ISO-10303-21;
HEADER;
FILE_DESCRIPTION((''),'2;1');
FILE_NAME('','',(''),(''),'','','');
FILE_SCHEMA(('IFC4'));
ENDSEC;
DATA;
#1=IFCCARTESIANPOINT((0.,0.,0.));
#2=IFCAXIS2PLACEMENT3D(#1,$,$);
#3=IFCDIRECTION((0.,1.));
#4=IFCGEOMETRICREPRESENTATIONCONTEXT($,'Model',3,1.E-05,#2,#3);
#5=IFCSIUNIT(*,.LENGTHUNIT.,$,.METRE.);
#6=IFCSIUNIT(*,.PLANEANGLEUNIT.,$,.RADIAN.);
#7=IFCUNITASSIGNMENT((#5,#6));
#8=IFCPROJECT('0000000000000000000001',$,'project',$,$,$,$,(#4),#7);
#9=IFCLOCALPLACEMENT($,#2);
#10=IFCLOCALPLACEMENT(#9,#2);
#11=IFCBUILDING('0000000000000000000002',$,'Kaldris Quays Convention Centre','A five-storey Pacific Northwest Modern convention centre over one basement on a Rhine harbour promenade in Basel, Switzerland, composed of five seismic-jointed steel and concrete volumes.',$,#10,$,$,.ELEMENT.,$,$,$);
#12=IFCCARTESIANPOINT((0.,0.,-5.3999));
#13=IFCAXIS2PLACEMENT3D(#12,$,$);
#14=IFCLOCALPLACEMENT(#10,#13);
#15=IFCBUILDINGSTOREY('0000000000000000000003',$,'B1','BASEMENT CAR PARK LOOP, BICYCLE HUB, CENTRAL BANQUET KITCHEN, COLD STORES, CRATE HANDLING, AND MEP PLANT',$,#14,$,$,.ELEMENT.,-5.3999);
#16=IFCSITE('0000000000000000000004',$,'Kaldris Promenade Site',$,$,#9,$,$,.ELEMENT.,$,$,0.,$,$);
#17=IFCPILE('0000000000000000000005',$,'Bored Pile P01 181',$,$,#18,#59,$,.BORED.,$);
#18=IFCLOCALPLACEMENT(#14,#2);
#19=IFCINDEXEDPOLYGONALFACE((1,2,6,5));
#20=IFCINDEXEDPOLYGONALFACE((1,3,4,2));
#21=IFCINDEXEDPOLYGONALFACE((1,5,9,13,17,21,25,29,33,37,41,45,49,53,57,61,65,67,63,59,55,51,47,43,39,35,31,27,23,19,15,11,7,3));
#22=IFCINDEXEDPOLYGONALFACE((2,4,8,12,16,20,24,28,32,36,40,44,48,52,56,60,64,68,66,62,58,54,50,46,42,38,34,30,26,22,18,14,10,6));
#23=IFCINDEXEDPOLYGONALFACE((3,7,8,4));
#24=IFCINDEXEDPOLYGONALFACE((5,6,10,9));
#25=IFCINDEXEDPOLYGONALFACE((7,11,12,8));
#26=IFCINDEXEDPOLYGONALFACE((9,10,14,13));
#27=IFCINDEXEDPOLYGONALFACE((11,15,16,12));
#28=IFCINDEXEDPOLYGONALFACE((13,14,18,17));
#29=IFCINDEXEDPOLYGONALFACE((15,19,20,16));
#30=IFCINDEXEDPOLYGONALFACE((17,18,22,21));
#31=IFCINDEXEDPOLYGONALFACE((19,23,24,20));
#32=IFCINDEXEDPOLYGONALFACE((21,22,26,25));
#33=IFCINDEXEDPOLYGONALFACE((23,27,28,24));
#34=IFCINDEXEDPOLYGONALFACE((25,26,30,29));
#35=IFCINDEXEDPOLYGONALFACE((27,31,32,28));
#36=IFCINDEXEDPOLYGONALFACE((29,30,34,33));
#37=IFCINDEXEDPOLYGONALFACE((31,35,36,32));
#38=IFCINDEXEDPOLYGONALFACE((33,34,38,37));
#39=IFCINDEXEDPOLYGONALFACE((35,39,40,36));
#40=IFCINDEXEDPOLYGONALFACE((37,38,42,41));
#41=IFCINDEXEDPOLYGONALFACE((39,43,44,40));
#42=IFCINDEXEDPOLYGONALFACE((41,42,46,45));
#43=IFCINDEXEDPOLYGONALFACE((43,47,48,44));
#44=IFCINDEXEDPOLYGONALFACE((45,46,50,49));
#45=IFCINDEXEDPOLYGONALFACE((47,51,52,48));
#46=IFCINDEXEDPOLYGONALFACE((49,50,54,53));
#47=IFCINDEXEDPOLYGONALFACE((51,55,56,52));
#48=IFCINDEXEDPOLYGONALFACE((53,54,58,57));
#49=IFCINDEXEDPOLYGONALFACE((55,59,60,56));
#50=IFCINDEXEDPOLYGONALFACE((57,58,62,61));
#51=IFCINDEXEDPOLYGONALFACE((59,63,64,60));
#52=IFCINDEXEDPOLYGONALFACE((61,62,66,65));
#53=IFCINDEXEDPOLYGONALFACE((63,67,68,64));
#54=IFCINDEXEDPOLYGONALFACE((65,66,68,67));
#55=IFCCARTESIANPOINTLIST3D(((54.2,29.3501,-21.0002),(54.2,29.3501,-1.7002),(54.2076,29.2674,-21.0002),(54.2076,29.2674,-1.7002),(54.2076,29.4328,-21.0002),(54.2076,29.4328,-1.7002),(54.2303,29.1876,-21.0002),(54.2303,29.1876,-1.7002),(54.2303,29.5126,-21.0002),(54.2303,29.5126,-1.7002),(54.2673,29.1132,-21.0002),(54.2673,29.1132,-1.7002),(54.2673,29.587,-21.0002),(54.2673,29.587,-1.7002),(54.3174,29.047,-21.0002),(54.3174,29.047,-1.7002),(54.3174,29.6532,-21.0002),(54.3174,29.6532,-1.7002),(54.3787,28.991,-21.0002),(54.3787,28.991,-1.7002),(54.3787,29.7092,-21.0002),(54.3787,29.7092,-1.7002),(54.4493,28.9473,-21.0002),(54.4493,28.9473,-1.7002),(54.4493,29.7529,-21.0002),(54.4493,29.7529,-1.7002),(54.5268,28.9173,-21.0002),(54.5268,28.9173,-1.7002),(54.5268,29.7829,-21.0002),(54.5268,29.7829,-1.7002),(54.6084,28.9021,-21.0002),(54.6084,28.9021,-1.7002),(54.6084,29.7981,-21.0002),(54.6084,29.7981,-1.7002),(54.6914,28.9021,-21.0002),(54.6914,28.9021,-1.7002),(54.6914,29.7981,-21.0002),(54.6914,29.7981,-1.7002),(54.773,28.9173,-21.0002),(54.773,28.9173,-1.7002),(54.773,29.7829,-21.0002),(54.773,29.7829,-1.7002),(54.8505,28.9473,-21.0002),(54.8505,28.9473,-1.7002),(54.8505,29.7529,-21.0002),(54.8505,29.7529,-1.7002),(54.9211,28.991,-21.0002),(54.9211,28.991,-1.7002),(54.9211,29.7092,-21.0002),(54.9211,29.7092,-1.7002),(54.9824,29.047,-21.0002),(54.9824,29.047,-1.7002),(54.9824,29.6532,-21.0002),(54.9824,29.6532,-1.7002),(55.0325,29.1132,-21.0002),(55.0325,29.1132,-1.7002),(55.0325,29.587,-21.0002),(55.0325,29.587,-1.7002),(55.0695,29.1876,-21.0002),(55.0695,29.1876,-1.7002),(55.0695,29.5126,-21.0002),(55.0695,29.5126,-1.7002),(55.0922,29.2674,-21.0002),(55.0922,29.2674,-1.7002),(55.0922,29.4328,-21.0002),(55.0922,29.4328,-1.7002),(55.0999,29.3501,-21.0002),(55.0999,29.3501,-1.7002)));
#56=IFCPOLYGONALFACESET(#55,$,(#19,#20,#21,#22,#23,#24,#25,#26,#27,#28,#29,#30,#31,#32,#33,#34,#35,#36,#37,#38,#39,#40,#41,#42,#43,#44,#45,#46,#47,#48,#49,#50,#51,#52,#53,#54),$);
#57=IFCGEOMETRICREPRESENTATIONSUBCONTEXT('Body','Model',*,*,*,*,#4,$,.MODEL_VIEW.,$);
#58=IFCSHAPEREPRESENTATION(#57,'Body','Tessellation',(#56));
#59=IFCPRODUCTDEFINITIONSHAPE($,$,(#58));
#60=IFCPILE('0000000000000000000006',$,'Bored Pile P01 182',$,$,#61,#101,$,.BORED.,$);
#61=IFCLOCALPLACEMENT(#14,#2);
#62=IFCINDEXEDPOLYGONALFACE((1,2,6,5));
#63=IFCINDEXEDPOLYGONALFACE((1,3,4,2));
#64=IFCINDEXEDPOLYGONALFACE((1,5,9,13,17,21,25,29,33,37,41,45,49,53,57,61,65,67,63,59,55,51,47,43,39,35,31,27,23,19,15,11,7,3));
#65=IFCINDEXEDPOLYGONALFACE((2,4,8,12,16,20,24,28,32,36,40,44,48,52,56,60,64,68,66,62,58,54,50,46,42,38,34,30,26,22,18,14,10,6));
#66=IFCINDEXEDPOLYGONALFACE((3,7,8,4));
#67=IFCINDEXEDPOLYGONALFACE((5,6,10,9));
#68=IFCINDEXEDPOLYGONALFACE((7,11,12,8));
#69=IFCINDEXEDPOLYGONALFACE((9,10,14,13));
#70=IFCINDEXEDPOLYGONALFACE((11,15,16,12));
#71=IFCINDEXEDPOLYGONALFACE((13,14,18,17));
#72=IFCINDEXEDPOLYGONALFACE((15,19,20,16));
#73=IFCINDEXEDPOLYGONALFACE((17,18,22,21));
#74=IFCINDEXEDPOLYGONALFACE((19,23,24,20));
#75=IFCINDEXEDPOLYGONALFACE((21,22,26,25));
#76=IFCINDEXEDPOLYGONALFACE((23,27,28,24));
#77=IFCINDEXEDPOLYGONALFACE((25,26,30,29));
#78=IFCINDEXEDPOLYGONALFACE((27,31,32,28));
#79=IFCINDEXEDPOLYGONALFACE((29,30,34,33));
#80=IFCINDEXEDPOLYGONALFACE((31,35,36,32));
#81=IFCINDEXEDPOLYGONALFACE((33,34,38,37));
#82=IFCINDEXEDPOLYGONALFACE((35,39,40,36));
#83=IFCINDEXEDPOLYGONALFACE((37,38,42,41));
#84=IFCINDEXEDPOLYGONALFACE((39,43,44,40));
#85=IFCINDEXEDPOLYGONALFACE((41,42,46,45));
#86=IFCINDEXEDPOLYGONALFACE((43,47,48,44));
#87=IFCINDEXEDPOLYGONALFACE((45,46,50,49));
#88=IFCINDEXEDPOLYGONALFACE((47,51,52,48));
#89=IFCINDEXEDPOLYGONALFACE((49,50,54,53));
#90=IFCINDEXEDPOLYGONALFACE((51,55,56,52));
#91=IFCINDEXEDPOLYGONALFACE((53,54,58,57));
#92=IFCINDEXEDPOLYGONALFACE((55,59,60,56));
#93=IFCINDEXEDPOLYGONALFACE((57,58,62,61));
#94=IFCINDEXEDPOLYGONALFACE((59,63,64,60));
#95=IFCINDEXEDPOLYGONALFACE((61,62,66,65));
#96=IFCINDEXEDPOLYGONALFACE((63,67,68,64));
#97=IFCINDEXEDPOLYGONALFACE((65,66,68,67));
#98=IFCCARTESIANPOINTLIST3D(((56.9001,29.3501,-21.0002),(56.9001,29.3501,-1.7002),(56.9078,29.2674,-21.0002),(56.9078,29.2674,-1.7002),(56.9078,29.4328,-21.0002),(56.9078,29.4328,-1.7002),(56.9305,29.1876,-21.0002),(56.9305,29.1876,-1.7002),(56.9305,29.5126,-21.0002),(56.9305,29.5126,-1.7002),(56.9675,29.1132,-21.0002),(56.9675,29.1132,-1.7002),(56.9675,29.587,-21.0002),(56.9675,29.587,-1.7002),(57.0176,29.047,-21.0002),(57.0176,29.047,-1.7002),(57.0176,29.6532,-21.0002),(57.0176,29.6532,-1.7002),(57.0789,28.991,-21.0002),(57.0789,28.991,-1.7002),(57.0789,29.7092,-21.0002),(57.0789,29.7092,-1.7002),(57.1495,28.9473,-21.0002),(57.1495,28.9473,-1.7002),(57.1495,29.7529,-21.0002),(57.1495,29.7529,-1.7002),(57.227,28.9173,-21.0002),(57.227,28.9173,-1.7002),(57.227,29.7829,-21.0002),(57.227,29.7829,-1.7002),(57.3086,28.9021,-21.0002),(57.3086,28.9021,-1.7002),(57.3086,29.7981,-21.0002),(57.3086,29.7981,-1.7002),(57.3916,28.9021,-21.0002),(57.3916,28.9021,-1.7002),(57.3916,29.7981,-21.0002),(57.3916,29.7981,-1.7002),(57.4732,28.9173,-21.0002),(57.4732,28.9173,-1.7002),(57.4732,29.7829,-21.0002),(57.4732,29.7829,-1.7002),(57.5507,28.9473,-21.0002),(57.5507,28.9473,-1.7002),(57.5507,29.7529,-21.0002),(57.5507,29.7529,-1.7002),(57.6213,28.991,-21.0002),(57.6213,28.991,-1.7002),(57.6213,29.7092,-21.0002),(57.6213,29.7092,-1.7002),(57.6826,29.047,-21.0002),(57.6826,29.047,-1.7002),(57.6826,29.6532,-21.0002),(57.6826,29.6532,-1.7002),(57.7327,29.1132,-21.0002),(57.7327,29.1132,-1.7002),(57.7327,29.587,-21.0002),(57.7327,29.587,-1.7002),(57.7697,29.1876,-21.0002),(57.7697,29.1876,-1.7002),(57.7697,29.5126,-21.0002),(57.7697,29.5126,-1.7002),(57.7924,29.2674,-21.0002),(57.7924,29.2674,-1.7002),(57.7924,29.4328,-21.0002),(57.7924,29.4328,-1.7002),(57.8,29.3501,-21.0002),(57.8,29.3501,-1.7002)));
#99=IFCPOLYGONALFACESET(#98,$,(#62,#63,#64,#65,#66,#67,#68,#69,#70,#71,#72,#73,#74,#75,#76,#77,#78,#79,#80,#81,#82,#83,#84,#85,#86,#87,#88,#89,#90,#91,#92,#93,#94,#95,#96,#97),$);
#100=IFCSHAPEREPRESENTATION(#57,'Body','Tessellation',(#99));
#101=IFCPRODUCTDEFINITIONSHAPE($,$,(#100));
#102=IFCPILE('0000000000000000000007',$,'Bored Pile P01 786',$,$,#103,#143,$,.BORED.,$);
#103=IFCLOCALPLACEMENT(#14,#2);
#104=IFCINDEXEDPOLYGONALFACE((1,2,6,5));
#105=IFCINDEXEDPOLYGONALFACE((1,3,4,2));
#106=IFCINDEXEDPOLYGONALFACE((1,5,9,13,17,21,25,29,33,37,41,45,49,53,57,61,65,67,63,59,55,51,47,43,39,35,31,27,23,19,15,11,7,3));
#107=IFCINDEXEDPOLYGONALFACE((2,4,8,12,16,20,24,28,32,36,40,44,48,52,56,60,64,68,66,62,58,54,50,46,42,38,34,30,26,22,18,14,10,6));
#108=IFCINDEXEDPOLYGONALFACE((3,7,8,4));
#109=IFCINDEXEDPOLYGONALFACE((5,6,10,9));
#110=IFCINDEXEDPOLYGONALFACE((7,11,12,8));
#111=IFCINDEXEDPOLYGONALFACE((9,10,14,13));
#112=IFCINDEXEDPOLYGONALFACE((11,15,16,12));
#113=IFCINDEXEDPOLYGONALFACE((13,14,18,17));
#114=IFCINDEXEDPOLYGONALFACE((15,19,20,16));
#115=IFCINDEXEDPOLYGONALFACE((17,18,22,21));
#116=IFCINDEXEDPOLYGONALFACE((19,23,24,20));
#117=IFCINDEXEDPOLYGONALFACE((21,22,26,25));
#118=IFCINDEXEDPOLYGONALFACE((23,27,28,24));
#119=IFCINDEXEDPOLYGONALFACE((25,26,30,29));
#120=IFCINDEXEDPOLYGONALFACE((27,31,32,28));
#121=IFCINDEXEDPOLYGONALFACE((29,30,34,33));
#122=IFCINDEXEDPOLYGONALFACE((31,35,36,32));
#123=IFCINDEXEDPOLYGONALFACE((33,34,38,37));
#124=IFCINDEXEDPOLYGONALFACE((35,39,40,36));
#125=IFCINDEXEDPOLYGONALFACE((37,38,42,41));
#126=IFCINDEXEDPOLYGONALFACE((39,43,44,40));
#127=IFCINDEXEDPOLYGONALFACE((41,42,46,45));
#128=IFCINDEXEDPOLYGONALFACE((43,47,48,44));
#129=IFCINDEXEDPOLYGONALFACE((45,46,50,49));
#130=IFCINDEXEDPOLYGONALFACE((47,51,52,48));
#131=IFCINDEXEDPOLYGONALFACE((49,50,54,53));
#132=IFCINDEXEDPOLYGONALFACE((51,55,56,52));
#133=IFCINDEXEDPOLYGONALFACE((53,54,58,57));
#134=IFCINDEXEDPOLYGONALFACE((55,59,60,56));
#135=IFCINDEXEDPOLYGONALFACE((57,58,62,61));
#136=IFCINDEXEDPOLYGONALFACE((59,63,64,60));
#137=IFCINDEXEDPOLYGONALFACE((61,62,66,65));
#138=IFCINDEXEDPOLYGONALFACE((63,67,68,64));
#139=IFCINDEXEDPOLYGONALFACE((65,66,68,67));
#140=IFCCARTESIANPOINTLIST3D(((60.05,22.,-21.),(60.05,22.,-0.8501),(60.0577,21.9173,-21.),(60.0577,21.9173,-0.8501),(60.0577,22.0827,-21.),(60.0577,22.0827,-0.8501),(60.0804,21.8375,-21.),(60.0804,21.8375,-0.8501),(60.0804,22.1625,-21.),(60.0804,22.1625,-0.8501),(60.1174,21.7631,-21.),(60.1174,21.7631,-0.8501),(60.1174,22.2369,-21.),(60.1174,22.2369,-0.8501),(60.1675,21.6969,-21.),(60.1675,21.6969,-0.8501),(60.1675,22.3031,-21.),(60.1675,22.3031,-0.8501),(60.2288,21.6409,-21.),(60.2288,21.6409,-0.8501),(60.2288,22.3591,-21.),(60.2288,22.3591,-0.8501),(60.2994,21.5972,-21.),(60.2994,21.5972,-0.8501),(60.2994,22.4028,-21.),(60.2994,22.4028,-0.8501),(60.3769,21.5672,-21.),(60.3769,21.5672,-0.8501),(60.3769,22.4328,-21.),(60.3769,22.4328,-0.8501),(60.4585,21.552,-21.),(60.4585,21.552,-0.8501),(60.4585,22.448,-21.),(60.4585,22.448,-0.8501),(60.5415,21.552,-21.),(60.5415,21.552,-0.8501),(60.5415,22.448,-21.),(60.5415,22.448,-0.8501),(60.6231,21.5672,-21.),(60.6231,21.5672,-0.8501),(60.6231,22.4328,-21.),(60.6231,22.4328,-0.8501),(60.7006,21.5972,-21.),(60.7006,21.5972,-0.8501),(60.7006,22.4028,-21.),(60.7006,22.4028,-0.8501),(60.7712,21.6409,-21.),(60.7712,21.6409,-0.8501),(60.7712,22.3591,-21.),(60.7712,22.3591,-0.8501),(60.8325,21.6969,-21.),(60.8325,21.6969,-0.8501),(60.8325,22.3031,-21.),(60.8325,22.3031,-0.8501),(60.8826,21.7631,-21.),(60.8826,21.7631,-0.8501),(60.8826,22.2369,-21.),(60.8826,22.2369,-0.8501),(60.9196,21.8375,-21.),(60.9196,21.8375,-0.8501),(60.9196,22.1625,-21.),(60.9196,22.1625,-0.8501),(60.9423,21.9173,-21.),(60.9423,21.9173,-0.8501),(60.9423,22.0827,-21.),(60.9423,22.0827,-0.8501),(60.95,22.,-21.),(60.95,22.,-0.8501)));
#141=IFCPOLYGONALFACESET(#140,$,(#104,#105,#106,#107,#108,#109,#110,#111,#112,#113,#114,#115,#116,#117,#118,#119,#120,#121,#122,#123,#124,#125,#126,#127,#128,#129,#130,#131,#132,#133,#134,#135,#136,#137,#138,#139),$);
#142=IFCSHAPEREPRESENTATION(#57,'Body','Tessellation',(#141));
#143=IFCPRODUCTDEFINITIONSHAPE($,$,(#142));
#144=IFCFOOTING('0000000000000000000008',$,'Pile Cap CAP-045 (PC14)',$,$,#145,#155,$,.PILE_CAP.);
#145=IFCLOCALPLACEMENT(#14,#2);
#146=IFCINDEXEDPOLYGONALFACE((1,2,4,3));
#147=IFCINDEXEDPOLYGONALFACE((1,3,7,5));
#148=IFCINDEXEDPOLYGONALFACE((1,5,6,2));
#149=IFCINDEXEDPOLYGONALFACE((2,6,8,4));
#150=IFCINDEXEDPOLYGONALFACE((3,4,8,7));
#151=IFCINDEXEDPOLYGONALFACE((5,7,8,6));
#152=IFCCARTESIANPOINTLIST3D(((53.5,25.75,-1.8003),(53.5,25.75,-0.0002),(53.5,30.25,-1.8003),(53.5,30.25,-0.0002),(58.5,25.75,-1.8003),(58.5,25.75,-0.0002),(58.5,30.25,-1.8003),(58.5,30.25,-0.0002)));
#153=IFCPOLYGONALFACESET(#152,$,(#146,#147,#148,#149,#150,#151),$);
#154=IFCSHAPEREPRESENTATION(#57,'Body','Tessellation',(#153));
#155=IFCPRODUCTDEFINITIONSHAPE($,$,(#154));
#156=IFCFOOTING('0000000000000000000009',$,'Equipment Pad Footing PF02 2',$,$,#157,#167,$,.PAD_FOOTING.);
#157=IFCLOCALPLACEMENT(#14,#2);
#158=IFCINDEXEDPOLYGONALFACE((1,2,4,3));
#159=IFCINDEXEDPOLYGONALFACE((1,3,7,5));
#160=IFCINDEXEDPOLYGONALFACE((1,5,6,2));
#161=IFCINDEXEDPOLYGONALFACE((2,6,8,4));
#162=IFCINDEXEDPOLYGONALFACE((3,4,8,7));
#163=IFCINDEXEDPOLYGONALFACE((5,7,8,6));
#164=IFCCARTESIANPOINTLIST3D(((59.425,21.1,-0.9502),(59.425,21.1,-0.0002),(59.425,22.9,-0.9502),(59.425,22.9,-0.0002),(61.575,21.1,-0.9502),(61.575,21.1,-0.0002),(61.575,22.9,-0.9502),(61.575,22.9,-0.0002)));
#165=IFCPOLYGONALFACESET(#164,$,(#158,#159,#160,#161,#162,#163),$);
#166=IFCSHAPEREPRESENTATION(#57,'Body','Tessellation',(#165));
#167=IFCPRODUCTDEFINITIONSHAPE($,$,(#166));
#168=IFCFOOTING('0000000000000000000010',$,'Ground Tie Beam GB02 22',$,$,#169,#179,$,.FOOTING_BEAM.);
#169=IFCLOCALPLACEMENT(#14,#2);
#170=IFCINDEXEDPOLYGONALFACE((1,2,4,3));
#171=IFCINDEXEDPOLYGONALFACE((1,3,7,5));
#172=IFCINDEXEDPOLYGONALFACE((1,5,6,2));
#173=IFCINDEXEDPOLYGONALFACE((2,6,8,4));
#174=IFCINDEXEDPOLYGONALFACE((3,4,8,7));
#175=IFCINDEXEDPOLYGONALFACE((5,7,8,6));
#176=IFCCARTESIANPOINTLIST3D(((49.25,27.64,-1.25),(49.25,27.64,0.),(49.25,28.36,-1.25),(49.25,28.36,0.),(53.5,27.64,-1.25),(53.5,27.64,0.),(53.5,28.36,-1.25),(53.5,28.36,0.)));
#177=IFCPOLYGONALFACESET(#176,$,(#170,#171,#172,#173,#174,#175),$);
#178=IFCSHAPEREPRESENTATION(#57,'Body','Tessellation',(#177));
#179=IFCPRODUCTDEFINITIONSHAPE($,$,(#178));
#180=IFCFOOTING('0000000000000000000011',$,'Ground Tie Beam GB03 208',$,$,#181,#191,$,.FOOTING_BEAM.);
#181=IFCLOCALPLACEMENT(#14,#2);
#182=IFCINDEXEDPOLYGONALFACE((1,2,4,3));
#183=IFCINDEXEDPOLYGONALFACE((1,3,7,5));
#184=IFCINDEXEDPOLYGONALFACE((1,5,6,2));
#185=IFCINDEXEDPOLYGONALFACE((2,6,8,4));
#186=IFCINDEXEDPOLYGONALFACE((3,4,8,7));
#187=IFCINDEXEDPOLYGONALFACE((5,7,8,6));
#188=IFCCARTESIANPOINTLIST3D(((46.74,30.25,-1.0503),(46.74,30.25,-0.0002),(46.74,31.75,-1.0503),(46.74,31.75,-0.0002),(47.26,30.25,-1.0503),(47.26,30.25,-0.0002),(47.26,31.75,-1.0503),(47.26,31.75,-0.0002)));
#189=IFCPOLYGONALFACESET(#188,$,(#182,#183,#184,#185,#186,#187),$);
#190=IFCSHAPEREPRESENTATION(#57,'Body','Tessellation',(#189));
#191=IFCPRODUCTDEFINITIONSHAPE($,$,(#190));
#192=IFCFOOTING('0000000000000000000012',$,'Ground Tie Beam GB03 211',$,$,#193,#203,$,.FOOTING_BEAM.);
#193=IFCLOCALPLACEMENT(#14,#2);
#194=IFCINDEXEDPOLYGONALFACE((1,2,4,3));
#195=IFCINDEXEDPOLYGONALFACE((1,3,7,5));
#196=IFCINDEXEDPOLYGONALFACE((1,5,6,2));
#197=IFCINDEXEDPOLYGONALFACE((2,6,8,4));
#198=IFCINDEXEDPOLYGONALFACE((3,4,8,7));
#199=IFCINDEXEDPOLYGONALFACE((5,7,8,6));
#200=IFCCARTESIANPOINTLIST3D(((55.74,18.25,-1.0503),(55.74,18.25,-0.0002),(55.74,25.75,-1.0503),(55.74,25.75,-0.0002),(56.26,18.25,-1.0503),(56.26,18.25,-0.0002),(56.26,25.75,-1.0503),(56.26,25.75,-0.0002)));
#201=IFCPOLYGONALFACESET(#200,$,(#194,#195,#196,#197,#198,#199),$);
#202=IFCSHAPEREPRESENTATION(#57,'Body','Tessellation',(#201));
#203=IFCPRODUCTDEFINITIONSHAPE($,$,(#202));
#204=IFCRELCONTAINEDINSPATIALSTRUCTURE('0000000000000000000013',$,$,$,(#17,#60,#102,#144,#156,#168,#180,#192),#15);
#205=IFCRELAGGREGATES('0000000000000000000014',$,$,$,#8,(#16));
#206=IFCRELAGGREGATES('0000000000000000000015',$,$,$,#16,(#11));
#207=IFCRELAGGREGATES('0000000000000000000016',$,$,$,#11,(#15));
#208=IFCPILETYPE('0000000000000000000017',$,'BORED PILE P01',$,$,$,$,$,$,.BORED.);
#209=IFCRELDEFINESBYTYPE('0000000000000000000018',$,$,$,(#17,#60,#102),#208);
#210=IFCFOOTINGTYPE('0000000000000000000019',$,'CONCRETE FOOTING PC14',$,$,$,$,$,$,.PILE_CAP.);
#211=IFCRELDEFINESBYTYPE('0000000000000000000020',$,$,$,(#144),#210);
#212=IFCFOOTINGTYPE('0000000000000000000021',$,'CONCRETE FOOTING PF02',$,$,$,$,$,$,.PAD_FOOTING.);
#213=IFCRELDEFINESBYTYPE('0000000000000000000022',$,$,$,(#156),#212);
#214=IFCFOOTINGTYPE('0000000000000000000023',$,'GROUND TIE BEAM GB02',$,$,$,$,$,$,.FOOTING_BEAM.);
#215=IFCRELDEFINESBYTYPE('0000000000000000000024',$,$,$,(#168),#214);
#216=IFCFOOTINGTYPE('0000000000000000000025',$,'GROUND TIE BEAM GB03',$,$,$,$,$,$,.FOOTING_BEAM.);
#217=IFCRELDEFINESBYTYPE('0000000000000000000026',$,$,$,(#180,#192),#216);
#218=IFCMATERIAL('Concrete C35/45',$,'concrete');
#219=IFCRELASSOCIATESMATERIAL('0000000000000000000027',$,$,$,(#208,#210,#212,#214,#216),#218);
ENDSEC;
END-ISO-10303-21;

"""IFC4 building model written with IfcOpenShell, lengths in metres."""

from ifc_helpers import new_model, si_unit, direction, frame, origin, origin_2d, place, context, subcontext, project, spatial, rectangle, circle, extrude, material, material_profile, profile_set, type_object, element, save


model = new_model("IFC4")

# Units and contexts
model_context = context("Model", 3, precision=1e-05, world=origin(), true_north=direction((0.0, 1.0)))
body_context = subcontext(model_context, "Body", "Model", "MODEL_VIEW")
ifc_project = project(units=[si_unit("LENGTHUNIT", "METRE"), si_unit("PLANEANGLEUNIT", "RADIAN")], contexts=[model_context])

# Site, building, storey
site_placement = place(None, origin())
site = spatial("IfcSite", under=ifc_project, at=site_placement, Name="Kaldris Promenade Site", CompositionType="ELEMENT", RefElevation=0.0)
building_placement = place(site_placement, origin())
building = spatial("IfcBuilding", under=site, at=building_placement, Name="Kaldris Quays Convention Centre", Description="A five-storey Pacific Northwest Modern convention centre over one basement on a Rhine harbour promenade in Basel, Switzerland, composed of five seismic-jointed steel and concrete volumes.", CompositionType="ELEMENT")
storey_placement = place(building_placement, frame((0.0, 0.0, -5.3999)))
storey = spatial("IfcBuildingStorey", under=building, at=storey_placement, Name="B1", Description="BASEMENT CAR PARK LOOP, BICYCLE HUB, CENTRAL BANQUET KITCHEN, COLD STORES, CRATE HANDLING, AND MEP PLANT", CompositionType="ELEMENT", Elevation=-5.3999)

# Piles
ifc_material_1 = material(Name="Concrete C35/45", Category="concrete")
ifc_material_profile_1 = material_profile(ifc_material_1, circle(Radius=0.45, at=origin_2d()), Name="BORED PILE D900")
ifc_profile_set_1 = profile_set([ifc_material_profile_1], Name="Concrete C35/45")
pile_type = type_object("IfcPileType", Name="BORED PILE P01", PredefinedType="BORED", material=ifc_profile_set_1)
for number, where, z_axis, x_axis, name in (
    (1, (54.6499, 29.3501, -1.7002), (0.0, 0.0, -1.0), (1.0, 0.0, 0.0), "Bored Pile P01 181"),
    (2, (57.3501, 29.3501, -1.7002), (0.0, 0.0, -1.0), (1.0, 0.0, 0.0), "Bored Pile P01 182"),
):
    element("IfcPile", number, at=place(storey_placement, frame(where, z_axis=z_axis, x_axis=x_axis)), inside=storey, type_object=pile_type, Name=name, PredefinedType="BORED", context=body_context, shape_type="SweptSolid", body=[
        extrude(circle(Radius=0.45, at=origin_2d()), origin(), (0.0, 0.0, 1.0), 19.3),
    ])
pile_placement = place(storey_placement, frame((60.5, 22.0, -0.8501), z_axis=(0.0, 0.0, -1.0), x_axis=(1.0, 0.0, 0.0)))
element("IfcPile", 3, at=pile_placement, inside=storey, type_object=pile_type, Name="Bored Pile P01 786", PredefinedType="BORED", context=body_context, shape_type="SweptSolid", body=[
    extrude(circle(Radius=0.45, at=origin_2d()), origin(), (0.0, 0.0, 1.0), 20.1499),
])

# Footings
footing_type_1 = type_object("IfcFootingType", Name="CONCRETE FOOTING PC14", PredefinedType="PILE_CAP", material=ifc_material_1)
footing_1_placement = place(storey_placement, frame((56.0, 28.0, -1.8003), z_axis=(0.0, 0.0, 1.0), x_axis=(1.0, 0.0, 0.0)))
element("IfcFooting", 4, at=footing_1_placement, inside=storey, type_object=footing_type_1, Name="Pile Cap CAP-045 (PC14)", PredefinedType="PILE_CAP", context=body_context, shape_type="SweptSolid", body=[
    extrude(rectangle(XDim=5.0, YDim=4.5, at=origin_2d()), origin(), (0.0, 0.0, 1.0), 1.8),
])
footing_type_2 = type_object("IfcFootingType", Name="CONCRETE FOOTING PF02", PredefinedType="PAD_FOOTING", material=ifc_material_1)
footing_2_placement = place(storey_placement, frame((60.5, 22.0, -0.9502), z_axis=(0.0, 0.0, 1.0), x_axis=(1.0, 0.0, 0.0)))
element("IfcFooting", 5, at=footing_2_placement, inside=storey, type_object=footing_type_2, Name="Equipment Pad Footing PF02 2", PredefinedType="PAD_FOOTING", context=body_context, shape_type="SweptSolid", body=[
    extrude(rectangle(XDim=2.1499, YDim=1.8, at=origin_2d()), origin(), (0.0, 0.0, 1.0), 0.95),
])
footing_type_3 = type_object("IfcFootingType", Name="GROUND TIE BEAM GB02", PredefinedType="FOOTING_BEAM", material=ifc_material_1)
footing_3_placement = place(storey_placement, frame((51.375, 28.0, -1.25), z_axis=(0.0, 0.0, 1.0), x_axis=(1.0, 0.0, 0.0)))
element("IfcFooting", 6, at=footing_3_placement, inside=storey, type_object=footing_type_3, Name="Ground Tie Beam GB02 22", PredefinedType="FOOTING_BEAM", context=body_context, shape_type="SweptSolid", body=[
    extrude(rectangle(XDim=4.25, YDim=0.72, at=origin_2d()), origin(), (0.0, 0.0, 1.0), 1.25),
])
footing_type_4 = type_object("IfcFootingType", Name="GROUND TIE BEAM GB03", PredefinedType="FOOTING_BEAM", material=ifc_material_1)
footing_4_placement = place(storey_placement, frame((47.0, 31.0, -1.0503), z_axis=(0.0, 0.0, 1.0), x_axis=(1.0, 0.0, 0.0)))
element("IfcFooting", 7, at=footing_4_placement, inside=storey, type_object=footing_type_4, Name="Ground Tie Beam GB03 208", PredefinedType="FOOTING_BEAM", context=body_context, shape_type="SweptSolid", body=[
    extrude(rectangle(XDim=0.52, YDim=1.5, at=origin_2d()), origin(), (0.0, 0.0, 1.0), 1.05),
])
footing_5_placement = place(storey_placement, frame((56.0, 22.0, -1.0503), z_axis=(0.0, 0.0, 1.0), x_axis=(1.0, 0.0, 0.0)))
element("IfcFooting", 8, at=footing_5_placement, inside=storey, type_object=footing_type_4, Name="Ground Tie Beam GB03 211", PredefinedType="FOOTING_BEAM", context=body_context, shape_type="SweptSolid", body=[
    extrude(rectangle(XDim=0.52, YDim=7.5, at=origin_2d()), origin(), (0.0, 0.0, 1.0), 1.05),
])

save(model, "model.ifc")
